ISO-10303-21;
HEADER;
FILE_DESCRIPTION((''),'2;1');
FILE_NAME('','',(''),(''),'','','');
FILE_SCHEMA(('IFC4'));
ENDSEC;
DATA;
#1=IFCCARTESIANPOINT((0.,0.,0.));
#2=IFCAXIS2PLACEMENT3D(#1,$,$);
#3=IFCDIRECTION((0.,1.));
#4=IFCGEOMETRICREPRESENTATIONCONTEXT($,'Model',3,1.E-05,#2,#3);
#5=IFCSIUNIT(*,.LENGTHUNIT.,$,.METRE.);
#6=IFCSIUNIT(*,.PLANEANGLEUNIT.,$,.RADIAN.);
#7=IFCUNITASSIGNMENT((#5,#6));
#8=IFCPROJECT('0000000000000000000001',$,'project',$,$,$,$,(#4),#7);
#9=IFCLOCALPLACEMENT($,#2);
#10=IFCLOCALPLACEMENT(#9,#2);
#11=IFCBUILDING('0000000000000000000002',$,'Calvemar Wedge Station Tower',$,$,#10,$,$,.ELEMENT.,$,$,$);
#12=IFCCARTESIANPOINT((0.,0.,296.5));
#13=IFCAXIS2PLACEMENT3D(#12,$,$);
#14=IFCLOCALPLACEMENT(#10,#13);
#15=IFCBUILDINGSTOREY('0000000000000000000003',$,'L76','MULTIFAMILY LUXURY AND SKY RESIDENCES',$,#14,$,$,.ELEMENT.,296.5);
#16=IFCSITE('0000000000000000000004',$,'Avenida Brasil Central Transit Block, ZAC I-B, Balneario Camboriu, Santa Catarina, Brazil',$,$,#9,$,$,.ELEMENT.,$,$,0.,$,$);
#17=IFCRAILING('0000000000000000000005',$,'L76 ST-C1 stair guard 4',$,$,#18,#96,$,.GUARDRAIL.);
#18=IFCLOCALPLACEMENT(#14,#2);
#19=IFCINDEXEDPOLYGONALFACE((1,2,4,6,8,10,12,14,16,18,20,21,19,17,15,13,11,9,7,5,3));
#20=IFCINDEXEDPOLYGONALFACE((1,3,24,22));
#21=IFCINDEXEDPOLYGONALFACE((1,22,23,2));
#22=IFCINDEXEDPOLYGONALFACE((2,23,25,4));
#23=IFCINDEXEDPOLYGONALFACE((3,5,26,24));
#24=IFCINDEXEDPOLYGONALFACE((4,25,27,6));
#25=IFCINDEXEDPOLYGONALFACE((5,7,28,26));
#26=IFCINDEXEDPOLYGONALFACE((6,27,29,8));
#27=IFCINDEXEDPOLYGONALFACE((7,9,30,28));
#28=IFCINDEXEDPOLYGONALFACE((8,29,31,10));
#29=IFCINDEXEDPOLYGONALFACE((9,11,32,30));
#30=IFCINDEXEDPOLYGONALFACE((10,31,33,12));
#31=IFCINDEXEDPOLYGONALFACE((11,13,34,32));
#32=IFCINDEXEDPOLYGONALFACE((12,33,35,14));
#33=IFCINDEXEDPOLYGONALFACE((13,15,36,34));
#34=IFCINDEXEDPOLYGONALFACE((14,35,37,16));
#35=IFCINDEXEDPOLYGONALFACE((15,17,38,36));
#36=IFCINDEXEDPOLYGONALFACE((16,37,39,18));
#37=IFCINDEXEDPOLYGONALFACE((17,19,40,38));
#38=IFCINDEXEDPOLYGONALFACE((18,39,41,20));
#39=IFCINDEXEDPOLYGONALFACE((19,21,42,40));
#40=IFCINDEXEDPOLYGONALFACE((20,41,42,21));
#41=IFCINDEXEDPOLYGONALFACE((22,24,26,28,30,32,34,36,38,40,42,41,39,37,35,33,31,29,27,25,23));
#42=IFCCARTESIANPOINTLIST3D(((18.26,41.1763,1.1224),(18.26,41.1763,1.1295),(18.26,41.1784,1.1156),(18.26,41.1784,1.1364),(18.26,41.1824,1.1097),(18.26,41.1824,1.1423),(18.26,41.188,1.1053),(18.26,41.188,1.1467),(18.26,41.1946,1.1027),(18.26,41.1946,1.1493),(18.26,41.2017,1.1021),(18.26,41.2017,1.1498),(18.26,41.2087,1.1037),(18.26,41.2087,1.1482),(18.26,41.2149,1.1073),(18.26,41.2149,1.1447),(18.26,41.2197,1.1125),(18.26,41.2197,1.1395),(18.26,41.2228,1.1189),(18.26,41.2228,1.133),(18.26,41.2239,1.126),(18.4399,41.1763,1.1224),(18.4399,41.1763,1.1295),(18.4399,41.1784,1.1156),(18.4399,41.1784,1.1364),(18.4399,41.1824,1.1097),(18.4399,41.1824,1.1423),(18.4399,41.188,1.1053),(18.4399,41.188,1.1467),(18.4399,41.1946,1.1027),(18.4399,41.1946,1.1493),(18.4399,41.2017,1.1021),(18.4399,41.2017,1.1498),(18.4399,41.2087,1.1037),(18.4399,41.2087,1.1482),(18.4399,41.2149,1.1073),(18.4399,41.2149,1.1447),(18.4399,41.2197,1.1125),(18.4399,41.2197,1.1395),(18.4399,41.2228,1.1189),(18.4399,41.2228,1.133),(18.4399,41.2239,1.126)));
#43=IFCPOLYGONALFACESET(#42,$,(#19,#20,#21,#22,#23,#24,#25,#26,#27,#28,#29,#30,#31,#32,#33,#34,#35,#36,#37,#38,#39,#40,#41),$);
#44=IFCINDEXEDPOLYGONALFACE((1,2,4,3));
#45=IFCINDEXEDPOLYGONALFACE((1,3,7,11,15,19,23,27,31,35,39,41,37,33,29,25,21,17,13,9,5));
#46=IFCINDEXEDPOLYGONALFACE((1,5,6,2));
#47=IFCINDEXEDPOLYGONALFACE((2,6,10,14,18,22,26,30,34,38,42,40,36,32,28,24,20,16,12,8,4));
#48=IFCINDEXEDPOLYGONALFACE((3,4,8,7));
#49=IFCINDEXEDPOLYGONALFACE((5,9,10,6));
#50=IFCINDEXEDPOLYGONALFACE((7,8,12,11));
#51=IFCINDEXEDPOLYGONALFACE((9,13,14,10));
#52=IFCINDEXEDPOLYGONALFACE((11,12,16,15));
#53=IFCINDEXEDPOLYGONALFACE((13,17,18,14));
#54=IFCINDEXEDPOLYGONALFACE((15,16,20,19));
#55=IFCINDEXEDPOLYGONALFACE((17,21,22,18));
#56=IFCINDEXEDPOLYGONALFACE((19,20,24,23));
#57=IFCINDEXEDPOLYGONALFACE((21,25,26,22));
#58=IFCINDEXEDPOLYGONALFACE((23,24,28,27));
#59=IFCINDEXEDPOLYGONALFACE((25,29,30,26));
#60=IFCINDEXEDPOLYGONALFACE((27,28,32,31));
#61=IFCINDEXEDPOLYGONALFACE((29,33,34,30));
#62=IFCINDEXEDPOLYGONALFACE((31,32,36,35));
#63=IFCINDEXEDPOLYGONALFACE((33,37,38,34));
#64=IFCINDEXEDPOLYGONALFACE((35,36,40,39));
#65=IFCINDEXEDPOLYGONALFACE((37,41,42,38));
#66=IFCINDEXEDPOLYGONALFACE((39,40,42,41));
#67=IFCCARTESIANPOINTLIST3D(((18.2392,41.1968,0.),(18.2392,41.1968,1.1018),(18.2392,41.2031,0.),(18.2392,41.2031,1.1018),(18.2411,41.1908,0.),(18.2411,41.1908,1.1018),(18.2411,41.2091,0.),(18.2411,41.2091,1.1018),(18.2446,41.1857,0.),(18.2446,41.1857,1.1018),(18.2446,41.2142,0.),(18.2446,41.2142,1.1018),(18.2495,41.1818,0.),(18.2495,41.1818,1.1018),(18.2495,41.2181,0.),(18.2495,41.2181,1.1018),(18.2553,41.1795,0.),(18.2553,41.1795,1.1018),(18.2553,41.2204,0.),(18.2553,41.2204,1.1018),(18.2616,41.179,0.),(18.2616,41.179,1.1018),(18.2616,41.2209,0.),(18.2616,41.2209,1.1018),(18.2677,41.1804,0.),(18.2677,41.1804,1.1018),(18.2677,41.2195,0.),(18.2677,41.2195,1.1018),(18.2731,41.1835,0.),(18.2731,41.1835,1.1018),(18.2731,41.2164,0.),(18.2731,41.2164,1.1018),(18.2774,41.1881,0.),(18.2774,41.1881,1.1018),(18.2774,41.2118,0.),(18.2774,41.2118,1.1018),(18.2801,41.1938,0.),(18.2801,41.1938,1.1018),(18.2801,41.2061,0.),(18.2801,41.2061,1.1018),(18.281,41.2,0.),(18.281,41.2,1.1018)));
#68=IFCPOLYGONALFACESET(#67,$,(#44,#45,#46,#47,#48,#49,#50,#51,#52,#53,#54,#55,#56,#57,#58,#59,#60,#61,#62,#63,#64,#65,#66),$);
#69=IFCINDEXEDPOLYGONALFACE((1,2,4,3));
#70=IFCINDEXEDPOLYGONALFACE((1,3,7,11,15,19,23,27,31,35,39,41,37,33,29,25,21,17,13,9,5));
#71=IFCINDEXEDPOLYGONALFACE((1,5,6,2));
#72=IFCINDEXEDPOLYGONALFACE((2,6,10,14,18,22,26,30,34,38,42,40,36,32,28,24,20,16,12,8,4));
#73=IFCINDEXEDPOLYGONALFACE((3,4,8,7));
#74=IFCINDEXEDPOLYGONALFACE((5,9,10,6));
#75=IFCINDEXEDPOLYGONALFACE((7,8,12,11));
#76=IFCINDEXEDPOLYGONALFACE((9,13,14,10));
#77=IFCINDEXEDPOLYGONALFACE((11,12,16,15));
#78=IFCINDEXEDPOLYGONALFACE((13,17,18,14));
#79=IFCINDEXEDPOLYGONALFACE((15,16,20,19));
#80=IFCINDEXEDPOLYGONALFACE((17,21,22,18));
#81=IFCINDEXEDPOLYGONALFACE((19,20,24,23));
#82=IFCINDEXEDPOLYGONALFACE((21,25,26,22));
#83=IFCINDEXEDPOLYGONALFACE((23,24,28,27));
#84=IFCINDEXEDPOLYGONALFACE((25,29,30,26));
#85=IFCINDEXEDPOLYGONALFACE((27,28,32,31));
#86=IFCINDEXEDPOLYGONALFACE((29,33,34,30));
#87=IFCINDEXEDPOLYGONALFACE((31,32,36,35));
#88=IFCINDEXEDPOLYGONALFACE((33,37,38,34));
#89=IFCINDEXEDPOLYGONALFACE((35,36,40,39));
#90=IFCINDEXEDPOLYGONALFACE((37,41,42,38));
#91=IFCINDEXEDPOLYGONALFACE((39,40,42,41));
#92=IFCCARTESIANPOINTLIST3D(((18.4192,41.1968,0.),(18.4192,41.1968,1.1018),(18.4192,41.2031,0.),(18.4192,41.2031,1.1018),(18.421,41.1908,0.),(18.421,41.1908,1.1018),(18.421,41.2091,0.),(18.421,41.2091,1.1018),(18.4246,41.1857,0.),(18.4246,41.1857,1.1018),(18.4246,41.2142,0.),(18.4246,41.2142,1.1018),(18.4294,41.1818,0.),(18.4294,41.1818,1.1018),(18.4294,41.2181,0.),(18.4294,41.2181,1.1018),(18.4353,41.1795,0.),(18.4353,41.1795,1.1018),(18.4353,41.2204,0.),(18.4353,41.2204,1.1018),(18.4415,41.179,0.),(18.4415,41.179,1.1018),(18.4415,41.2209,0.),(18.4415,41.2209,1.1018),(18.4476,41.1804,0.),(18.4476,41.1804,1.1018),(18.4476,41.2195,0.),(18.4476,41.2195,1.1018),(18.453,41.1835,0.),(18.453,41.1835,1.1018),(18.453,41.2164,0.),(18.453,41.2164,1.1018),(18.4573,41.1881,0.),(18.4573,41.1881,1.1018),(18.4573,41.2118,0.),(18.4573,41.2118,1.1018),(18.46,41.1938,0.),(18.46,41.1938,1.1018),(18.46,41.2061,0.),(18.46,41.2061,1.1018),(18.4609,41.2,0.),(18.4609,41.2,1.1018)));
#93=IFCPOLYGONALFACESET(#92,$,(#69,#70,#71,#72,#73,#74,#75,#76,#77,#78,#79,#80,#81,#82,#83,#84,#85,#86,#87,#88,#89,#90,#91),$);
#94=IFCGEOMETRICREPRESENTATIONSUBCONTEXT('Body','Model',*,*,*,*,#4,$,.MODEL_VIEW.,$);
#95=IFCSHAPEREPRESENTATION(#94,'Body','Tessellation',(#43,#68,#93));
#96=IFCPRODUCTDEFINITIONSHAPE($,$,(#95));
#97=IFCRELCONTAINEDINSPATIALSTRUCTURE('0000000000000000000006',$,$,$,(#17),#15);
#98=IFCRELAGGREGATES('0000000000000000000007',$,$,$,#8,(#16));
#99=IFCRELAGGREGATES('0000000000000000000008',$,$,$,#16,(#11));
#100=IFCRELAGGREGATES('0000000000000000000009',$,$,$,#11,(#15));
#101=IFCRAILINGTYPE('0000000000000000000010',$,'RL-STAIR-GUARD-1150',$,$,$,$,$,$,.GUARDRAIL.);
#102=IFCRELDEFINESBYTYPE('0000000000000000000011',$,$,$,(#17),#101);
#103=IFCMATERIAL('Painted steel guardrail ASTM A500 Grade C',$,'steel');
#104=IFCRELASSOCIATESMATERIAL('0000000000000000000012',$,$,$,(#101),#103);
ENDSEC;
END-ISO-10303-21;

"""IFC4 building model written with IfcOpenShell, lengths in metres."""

from ifc_helpers import new_model, si_unit, direction, frame, origin, origin_2d, place, context, subcontext, project, spatial, circle, extrude, material, type_object, element, save


model = new_model("IFC4")

# Units and contexts
model_context = context("Model", 3, precision=1e-05, world=origin(), true_north=direction((0.0, 1.0)))
body_context = subcontext(model_context, "Body", "Model", "MODEL_VIEW")
ifc_project = project(units=[si_unit("LENGTHUNIT", "METRE"), si_unit("PLANEANGLEUNIT", "RADIAN")], contexts=[model_context])

# Site, building, storey
site_placement = place(None, origin())
site = spatial("IfcSite", under=ifc_project, at=site_placement, Name="Avenida Brasil Central Transit Block, ZAC I-B, Balneario Camboriu, Santa Catarina, Brazil", CompositionType="ELEMENT", RefElevation=0.0)
building_placement = place(site_placement, origin())
building = spatial("IfcBuilding", under=site, at=building_placement, Name="Calvemar Wedge Station Tower", CompositionType="ELEMENT")
storey_placement = place(building_placement, frame((0.0, 0.0, 296.5)))
storey = spatial("IfcBuildingStorey", under=building, at=storey_placement, Name="L76", Description="MULTIFAMILY LUXURY AND SKY RESIDENCES", CompositionType="ELEMENT", Elevation=296.5)

# Railing
ifc_material_1 = material(Name="Painted steel guardrail ASTM A500 Grade C", Category="steel")
railing_type = type_object("IfcRailingType", Name="RL-STAIR-GUARD-1150", PredefinedType="GUARDRAIL", material=ifc_material_1)
railing_1_placement = place(storey_placement, frame((18.26, 41.2, 0.0)))
element("IfcRailing", 1, at=railing_1_placement, inside=storey, type_object=railing_type, Name="L76 ST-C1 stair guard 4", PredefinedType="GUARDRAIL", context=body_context, shape_type="SweptSolid", body=[
    extrude(circle(Radius=0.0239, at=origin_2d()), frame((0.0, 0.0, 1.126), z_axis=(1.0, 0.0, 0.0), x_axis=(0.0, 1.0, 0.0)), (0.0, 0.0, 1.0), 0.1799),
    extrude(circle(Radius=0.021, at=origin_2d()), origin(), (0.0, 0.0, 1.0), 1.1018),
    extrude(circle(Radius=0.021, at=origin_2d()), frame((0.1799, 0.0, 0.0)), (0.0, 0.0, 1.0), 1.1018),
])

save(model, "model.ifc")
